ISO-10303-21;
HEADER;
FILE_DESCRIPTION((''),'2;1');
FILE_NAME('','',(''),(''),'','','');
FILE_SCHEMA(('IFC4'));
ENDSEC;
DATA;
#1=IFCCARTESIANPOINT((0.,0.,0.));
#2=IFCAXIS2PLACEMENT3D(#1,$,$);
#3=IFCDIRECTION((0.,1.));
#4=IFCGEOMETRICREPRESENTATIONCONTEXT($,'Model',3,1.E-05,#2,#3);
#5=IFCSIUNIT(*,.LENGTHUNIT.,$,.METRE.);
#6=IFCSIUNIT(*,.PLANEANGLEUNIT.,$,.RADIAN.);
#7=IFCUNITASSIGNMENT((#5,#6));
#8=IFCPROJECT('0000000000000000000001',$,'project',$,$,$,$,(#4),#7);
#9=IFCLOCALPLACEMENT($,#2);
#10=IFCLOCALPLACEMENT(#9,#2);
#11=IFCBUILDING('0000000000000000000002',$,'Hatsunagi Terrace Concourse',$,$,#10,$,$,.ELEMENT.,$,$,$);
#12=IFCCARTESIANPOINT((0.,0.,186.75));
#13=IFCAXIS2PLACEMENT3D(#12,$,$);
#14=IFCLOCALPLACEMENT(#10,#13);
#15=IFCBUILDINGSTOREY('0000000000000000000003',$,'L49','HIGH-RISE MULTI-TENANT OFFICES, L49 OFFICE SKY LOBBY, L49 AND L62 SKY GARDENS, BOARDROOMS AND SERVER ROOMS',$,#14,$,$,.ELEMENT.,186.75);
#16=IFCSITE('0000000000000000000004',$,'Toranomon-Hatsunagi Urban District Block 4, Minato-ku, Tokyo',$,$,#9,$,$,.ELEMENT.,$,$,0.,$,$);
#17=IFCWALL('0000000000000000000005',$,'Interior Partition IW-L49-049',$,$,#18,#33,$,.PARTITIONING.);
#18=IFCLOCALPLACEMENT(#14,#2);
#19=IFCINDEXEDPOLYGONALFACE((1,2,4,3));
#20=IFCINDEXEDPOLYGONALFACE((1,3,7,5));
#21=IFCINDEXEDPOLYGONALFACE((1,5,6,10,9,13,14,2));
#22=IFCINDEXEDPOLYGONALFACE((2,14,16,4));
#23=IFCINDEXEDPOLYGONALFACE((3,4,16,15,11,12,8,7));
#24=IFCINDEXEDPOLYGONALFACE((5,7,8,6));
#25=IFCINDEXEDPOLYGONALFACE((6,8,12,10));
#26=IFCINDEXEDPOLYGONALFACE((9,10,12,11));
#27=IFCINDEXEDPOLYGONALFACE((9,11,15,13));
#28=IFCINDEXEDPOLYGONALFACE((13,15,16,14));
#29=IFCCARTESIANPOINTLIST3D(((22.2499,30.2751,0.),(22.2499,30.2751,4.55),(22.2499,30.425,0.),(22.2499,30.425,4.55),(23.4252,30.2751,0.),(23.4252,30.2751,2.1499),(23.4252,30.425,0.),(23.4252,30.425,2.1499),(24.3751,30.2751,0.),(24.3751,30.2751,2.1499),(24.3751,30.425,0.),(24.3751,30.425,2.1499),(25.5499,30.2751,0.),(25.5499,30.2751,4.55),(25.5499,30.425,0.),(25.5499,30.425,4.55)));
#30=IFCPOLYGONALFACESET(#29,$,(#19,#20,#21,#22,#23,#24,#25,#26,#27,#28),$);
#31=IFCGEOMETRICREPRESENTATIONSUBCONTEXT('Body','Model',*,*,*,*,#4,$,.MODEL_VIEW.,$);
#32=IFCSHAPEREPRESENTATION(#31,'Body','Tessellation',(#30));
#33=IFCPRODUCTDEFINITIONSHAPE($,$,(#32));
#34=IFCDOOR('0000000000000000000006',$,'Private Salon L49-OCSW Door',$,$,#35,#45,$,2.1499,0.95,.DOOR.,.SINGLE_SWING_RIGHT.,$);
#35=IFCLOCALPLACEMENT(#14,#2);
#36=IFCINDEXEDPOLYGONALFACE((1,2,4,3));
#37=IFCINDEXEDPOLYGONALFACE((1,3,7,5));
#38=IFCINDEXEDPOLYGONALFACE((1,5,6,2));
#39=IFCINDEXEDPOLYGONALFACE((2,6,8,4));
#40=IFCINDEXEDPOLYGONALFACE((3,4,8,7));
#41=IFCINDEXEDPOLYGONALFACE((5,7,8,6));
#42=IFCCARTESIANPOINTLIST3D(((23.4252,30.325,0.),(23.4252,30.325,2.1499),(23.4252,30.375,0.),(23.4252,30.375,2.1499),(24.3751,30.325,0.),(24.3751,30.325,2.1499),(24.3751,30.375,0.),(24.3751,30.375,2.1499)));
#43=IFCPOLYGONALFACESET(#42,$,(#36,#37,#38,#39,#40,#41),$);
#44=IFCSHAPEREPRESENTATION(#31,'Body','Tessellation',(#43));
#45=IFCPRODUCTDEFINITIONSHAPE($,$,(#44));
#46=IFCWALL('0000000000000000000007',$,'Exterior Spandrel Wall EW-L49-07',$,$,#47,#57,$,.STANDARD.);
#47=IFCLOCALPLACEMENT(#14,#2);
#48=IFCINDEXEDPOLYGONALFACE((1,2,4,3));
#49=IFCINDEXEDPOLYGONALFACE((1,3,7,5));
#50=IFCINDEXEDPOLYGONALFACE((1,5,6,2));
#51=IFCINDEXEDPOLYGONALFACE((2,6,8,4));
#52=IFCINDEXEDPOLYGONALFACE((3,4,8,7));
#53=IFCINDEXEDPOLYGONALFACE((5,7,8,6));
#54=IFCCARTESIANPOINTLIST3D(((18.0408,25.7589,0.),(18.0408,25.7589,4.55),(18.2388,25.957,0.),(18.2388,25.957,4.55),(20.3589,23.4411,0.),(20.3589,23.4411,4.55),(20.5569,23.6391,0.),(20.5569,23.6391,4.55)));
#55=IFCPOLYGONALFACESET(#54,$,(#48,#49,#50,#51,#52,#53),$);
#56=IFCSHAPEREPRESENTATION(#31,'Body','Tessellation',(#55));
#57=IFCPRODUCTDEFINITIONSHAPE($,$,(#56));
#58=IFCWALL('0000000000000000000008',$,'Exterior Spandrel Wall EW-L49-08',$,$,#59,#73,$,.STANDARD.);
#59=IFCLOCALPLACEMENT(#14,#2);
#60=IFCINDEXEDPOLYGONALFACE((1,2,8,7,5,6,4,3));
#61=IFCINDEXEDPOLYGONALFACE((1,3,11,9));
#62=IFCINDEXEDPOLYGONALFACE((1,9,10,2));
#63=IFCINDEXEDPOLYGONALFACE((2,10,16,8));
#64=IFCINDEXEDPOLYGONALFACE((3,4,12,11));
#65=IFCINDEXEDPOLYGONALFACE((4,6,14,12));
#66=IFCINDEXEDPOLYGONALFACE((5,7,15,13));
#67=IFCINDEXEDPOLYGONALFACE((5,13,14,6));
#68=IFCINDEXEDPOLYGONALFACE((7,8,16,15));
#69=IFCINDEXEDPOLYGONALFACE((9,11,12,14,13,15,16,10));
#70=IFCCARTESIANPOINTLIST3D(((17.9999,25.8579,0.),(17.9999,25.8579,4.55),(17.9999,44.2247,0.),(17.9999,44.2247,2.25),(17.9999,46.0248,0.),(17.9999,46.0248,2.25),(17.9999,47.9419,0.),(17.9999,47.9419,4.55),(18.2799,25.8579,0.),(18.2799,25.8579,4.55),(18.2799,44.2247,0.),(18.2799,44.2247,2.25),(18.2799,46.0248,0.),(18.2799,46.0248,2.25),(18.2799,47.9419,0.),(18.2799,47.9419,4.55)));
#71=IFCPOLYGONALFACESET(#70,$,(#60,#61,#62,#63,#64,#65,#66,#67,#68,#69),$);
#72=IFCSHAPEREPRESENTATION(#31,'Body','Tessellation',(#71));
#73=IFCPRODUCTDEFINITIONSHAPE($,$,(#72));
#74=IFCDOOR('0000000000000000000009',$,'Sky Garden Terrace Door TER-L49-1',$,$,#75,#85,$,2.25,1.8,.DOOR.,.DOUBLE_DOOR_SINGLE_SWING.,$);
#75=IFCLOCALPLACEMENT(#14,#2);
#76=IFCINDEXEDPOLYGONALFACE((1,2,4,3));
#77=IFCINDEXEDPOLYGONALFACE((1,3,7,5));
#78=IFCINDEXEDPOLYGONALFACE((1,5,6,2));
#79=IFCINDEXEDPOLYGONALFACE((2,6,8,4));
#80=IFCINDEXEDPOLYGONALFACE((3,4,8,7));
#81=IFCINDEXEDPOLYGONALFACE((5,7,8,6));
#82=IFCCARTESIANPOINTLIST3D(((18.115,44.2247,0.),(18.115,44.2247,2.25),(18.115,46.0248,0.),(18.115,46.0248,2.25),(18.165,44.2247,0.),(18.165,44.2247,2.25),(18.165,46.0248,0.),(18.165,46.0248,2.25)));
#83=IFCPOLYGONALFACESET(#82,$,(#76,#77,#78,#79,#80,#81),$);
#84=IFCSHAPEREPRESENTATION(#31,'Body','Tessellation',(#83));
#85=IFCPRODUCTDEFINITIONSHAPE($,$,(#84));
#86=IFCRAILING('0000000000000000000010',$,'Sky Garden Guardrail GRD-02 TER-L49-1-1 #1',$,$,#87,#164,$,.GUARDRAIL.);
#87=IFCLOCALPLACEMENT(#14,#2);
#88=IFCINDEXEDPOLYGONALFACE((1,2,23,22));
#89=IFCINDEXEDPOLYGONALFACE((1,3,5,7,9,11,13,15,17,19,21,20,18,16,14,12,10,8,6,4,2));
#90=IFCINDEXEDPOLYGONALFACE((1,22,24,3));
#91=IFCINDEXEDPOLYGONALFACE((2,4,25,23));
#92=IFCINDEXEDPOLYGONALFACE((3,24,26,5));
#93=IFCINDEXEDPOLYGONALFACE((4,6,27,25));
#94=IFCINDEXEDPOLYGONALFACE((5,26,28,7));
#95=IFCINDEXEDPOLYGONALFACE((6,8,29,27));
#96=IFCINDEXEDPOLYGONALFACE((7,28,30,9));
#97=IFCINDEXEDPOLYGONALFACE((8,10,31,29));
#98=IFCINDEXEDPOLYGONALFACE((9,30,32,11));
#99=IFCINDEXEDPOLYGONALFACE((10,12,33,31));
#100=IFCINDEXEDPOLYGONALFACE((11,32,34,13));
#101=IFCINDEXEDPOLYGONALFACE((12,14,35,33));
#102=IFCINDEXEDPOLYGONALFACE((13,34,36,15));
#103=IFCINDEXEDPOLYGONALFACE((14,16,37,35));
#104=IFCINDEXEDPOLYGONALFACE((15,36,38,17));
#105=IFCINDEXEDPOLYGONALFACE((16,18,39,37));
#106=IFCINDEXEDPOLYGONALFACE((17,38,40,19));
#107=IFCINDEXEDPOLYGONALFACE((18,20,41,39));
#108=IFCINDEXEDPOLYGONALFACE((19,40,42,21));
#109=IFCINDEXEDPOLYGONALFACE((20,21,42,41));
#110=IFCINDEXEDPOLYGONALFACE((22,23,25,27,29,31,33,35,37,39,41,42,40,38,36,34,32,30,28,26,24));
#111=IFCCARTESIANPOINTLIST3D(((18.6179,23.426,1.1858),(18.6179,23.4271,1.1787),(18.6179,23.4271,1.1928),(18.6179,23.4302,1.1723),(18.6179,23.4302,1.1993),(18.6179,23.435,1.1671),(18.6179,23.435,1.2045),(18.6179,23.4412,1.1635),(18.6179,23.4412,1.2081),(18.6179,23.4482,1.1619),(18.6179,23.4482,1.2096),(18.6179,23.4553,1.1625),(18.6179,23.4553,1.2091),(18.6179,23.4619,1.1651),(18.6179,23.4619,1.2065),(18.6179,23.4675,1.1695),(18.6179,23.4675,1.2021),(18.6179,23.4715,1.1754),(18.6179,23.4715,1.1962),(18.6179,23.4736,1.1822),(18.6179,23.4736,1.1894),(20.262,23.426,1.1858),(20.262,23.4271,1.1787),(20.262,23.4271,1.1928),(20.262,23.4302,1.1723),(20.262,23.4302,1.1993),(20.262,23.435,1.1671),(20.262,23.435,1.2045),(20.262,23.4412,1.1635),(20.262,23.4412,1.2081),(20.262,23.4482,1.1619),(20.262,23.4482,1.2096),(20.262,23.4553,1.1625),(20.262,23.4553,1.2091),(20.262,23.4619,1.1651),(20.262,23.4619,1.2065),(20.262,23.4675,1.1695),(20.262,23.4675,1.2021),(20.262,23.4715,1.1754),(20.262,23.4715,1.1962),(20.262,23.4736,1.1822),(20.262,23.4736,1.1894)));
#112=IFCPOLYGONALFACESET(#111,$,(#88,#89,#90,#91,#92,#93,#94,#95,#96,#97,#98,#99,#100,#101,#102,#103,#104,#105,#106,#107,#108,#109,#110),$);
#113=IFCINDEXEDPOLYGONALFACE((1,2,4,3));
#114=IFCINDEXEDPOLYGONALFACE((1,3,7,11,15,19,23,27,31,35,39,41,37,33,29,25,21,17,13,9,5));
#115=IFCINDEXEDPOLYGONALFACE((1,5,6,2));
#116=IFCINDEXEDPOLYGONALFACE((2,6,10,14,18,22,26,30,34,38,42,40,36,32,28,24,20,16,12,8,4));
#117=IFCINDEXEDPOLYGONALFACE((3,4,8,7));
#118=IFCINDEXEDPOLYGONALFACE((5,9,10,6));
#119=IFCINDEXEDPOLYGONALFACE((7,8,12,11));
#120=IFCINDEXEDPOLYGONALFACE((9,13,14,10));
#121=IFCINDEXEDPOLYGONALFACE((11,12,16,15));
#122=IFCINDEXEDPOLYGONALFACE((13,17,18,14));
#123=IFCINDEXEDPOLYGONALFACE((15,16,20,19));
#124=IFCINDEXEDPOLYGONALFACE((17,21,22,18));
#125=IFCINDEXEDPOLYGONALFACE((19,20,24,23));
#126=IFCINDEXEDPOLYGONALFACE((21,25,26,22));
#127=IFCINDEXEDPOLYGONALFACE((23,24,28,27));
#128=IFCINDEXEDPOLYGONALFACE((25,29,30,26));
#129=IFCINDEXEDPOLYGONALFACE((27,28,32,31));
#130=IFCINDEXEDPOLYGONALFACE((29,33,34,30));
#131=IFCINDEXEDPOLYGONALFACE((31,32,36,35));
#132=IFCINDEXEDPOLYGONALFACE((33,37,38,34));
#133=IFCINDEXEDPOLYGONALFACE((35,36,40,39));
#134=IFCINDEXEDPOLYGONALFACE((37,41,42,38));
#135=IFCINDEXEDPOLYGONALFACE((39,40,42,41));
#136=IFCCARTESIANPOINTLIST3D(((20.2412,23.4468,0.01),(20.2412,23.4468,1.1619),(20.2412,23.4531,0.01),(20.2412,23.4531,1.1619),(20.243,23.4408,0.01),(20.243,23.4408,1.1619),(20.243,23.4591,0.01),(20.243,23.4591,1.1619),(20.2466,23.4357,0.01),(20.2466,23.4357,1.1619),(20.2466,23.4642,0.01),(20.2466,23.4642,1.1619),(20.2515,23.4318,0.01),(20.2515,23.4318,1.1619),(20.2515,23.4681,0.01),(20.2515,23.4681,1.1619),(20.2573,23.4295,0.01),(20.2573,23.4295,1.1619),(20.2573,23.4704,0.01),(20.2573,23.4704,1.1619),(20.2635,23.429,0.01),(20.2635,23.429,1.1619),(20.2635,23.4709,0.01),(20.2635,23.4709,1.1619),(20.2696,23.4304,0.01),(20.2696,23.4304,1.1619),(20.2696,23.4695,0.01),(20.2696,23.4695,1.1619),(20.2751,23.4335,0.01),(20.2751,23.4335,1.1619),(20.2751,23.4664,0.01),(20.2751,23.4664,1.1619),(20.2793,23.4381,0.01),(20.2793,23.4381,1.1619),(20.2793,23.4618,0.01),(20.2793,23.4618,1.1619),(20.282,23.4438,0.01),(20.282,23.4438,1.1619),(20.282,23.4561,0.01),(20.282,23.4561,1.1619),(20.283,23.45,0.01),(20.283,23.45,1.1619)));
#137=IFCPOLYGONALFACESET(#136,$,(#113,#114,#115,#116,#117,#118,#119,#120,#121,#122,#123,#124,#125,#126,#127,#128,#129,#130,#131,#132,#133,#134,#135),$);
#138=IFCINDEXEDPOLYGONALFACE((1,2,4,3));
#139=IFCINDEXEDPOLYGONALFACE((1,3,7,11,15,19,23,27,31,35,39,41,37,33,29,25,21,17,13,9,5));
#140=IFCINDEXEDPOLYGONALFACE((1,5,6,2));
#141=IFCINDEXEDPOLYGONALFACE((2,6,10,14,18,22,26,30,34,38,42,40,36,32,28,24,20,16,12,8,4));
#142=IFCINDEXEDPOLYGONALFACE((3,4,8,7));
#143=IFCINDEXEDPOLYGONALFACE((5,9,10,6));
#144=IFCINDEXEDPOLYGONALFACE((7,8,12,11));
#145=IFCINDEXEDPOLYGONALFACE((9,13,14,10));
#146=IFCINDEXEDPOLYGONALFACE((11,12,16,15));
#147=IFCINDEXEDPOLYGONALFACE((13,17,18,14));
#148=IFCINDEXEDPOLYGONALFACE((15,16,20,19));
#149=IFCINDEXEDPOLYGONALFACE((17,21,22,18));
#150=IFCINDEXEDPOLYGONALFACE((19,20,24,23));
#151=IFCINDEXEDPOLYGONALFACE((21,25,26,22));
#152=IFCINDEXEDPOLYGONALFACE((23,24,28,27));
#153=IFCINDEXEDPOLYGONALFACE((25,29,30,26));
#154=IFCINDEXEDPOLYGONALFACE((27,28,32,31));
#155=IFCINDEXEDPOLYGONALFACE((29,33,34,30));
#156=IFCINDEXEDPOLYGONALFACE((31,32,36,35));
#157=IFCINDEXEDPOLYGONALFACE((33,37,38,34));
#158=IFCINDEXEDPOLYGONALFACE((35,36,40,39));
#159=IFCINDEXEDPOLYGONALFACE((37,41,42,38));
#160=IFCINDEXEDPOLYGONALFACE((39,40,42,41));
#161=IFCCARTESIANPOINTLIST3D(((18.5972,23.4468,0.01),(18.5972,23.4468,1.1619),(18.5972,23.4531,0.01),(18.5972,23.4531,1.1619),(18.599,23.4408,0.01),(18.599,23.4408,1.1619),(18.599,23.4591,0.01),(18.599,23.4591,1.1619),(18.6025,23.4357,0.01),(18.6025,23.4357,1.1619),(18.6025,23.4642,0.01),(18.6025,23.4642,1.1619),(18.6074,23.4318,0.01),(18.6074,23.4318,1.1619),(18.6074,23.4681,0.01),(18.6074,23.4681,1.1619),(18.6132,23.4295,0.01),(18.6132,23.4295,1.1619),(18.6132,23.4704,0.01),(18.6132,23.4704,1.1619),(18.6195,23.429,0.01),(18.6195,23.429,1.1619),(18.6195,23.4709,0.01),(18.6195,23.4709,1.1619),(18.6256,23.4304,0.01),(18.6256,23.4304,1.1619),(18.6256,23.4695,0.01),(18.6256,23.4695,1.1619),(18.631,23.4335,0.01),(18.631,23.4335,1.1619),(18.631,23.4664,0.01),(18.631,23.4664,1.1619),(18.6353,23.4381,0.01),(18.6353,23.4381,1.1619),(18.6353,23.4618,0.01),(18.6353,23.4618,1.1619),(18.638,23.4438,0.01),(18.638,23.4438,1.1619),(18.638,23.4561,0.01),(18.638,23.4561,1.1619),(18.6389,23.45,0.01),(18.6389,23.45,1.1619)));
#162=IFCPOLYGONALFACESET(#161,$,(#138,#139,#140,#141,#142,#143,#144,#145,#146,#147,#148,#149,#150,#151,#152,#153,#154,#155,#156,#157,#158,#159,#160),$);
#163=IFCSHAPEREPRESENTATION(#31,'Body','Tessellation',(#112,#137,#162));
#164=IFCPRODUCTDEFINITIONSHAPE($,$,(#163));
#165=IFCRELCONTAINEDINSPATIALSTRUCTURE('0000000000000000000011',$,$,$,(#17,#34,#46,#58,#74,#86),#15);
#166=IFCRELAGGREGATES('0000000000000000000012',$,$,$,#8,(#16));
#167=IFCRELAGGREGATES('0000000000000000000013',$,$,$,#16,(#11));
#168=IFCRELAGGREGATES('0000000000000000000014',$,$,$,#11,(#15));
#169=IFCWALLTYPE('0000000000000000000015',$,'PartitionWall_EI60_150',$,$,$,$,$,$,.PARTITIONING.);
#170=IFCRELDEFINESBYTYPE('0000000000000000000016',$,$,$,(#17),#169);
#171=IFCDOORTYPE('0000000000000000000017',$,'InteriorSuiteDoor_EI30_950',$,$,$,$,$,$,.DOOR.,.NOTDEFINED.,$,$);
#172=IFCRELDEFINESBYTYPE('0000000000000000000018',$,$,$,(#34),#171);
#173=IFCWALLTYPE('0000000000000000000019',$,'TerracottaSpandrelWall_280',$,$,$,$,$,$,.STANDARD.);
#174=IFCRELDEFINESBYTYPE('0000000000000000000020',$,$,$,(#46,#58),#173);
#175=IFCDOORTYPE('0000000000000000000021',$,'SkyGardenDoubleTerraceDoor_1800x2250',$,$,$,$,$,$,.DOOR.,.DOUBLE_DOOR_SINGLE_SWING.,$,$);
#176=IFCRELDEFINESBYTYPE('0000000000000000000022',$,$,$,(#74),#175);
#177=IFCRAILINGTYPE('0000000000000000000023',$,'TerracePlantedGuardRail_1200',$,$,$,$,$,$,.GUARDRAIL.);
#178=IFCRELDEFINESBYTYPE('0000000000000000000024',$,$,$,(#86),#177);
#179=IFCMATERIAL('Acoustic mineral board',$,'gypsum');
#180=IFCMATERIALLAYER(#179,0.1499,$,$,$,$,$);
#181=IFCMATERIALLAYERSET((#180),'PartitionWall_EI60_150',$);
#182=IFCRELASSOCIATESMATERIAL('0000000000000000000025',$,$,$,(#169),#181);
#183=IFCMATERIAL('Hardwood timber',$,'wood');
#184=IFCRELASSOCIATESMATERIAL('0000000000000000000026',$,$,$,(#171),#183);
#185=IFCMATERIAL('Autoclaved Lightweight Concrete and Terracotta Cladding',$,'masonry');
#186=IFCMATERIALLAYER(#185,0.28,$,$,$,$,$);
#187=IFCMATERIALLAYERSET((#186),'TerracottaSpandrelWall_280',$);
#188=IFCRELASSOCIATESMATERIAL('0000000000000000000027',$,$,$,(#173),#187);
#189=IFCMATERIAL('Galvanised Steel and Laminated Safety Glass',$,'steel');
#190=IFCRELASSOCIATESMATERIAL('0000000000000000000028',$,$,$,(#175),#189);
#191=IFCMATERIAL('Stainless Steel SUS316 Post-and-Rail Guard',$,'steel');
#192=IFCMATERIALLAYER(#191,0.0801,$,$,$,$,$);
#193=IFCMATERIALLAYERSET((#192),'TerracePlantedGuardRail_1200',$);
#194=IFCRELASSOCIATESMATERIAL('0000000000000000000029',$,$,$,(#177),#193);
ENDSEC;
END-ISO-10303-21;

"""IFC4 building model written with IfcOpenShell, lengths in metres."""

from ifc_helpers import new_model, si_unit, direction, frame, frame_2d, origin, origin_2d, place, context, subcontext, project, spatial, rectangle, circle, extrude, material, layer, layer_set, type_object, element, fill, save


model = new_model("IFC4")

# Units and contexts
model_context = context("Model", 3, precision=1e-05, world=origin(), true_north=direction((0.0, 1.0)))
body_context = subcontext(model_context, "Body", "Model", "MODEL_VIEW")
ifc_project = project(units=[si_unit("LENGTHUNIT", "METRE"), si_unit("PLANEANGLEUNIT", "RADIAN")], contexts=[model_context])

# Site, building, storey
site_placement = place(None, origin())
site = spatial("IfcSite", under=ifc_project, at=site_placement, Name="Toranomon-Hatsunagi Urban District Block 4, Minato-ku, Tokyo", CompositionType="ELEMENT", RefElevation=0.0)
building_placement = place(site_placement, origin())
building = spatial("IfcBuilding", under=site, at=building_placement, Name="Hatsunagi Terrace Concourse", CompositionType="ELEMENT")
storey_placement = place(building_placement, frame((0.0, 0.0, 186.75)))
storey = spatial("IfcBuildingStorey", under=building, at=storey_placement, Name="L49", Description="HIGH-RISE MULTI-TENANT OFFICES, L49 OFFICE SKY LOBBY, L49 AND L62 SKY GARDENS, BOARDROOMS AND SERVER ROOMS", CompositionType="ELEMENT", Elevation=186.75)

# Wall, opening, door
ifc_material_1 = material(Name="Acoustic mineral board", Category="gypsum")
ifc_layer_1 = layer(ifc_material_1, 0.1499)
ifc_layer_set_1 = layer_set([ifc_layer_1], Name="PartitionWall_EI60_150")
wall_type_1 = type_object("IfcWallType", Name="PartitionWall_EI60_150", PredefinedType="PARTITIONING", material=ifc_layer_set_1)
wall_1_placement = place(storey_placement, frame((22.25, 30.3501, 0.0), z_axis=(0.0, 0.0, 1.0), x_axis=(1.0, 0.0, 0.0)))
wall_1 = element("IfcWall", 1, at=wall_1_placement, inside=storey, type_object=wall_type_1, Name="Interior Partition IW-L49-049", PredefinedType="PARTITIONING", context=body_context, shape_type="SweptSolid", body=[
    extrude(rectangle(XDim=3.3, YDim=0.1499, at=frame_2d((1.6499, 0.0))), origin(), (0.0, 0.0, 1.0), 4.55),
])
opening_1_placement = place(wall_1_placement, frame((1.175, 0.0, 0.0)))
opening_1 = element("IfcOpeningElement", 2, at=opening_1_placement, cuts=wall_1, PredefinedType="OPENING", context=body_context, shape_type="SweptSolid", body=[
    extrude(rectangle(XDim=0.95, YDim=2.1499, at=frame_2d((0.4751, 1.075))), frame((0.0, 0.085, 0.0), z_axis=(0.0, -1.0, 0.0), x_axis=(1.0, 0.0, 0.0)), (0.0, 0.0, 1.0), 0.1699),
])
ifc_material_2 = material(Name="Hardwood timber", Category="wood")
door_type_1 = type_object("IfcDoorType", Name="InteriorSuiteDoor_EI30_950", OperationType="NOTDEFINED", PredefinedType="DOOR", material=ifc_material_2)
door_1_placement = place(opening_1_placement, origin())
door_1 = element("IfcDoor", 3, at=door_1_placement, inside=storey, type_object=door_type_1, Name="Private Salon L49-OCSW Door", OperationType="SINGLE_SWING_RIGHT", OverallHeight=2.1499, OverallWidth=0.95, PredefinedType="DOOR", context=body_context, shape_type="SweptSolid", body=[
    extrude(rectangle(XDim=0.95, YDim=2.1499, at=frame_2d((0.4751, 1.075))), frame((0.0, 0.0249, 0.0), z_axis=(0.0, -1.0, 0.0), x_axis=(1.0, 0.0, 0.0)), (0.0, 0.0, 1.0), 0.05),
])
fill(opening_1, door_1)

# Wall
ifc_material_3 = material(Name="Autoclaved Lightweight Concrete and Terracotta Cladding", Category="masonry")
ifc_layer_2 = layer(ifc_material_3, 0.28)
ifc_layer_set_2 = layer_set([ifc_layer_2], Name="TerracottaSpandrelWall_280")
wall_type_2 = type_object("IfcWallType", Name="TerracottaSpandrelWall_280", PredefinedType="STANDARD", material=ifc_layer_set_2)
wall_2_placement = place(storey_placement, frame((20.458, 23.54, 0.0), z_axis=(0.0, 0.0, 1.0), x_axis=(-0.707144, 0.70707, 0.0)))
element("IfcWall", 4, at=wall_2_placement, inside=storey, type_object=wall_type_2, Name="Exterior Spandrel Wall EW-L49-07", PredefinedType="STANDARD", context=body_context, shape_type="SweptSolid", body=[
    extrude(rectangle(XDim=3.2781, YDim=0.28, at=frame_2d((1.6392, 0.0))), origin(), (0.0, 0.0, 1.0), 4.55),
])

# Wall, opening, door
wall_3_placement = place(storey_placement, frame((18.1399, 25.8579, 0.0), z_axis=(0.0, 0.0, 1.0), x_axis=(0.0, 1.0, 0.0)))
wall_3 = element("IfcWall", 5, at=wall_3_placement, inside=storey, type_object=wall_type_2, Name="Exterior Spandrel Wall EW-L49-08", PredefinedType="STANDARD", context=body_context, shape_type="SweptSolid", body=[
    extrude(rectangle(XDim=22.084, YDim=0.28, at=frame_2d((11.042, 0.0))), origin(), (0.0, 0.0, 1.0), 4.55),
])
opening_2_placement = place(wall_3_placement, frame((18.3669, 0.0, 0.0)))
opening_2 = element("IfcOpeningElement", 6, at=opening_2_placement, cuts=wall_3, PredefinedType="OPENING", context=body_context, shape_type="SweptSolid", body=[
    extrude(rectangle(XDim=1.8, YDim=2.25, at=frame_2d((0.8999, 1.125))), frame((0.0, 0.1499, 0.0), z_axis=(0.0, -1.0, 0.0), x_axis=(1.0, 0.0, 0.0)), (0.0, 0.0, 1.0), 0.3),
])
ifc_material_4 = material(Name="Galvanised Steel and Laminated Safety Glass", Category="steel")
door_type_2 = type_object("IfcDoorType", Name="SkyGardenDoubleTerraceDoor_1800x2250", OperationType="DOUBLE_DOOR_SINGLE_SWING", PredefinedType="DOOR", material=ifc_material_4)
door_2_placement = place(opening_2_placement, origin())
door_2 = element("IfcDoor", 7, at=door_2_placement, inside=storey, type_object=door_type_2, Name="Sky Garden Terrace Door TER-L49-1", OperationType="DOUBLE_DOOR_SINGLE_SWING", OverallHeight=2.25, OverallWidth=1.8, PredefinedType="DOOR", context=body_context, shape_type="SweptSolid", body=[
    extrude(rectangle(XDim=1.8, YDim=2.25, at=frame_2d((0.8999, 1.125))), frame((0.0, 0.0249, 0.0), z_axis=(0.0, -1.0, 0.0), x_axis=(1.0, 0.0, 0.0)), (0.0, 0.0, 1.0), 0.05),
])
fill(opening_2, door_2)

# Railing
ifc_material_5 = material(Name="Stainless Steel SUS316 Post-and-Rail Guard", Category="steel")
ifc_layer_3 = layer(ifc_material_5, 0.0801)
ifc_layer_set_3 = layer_set([ifc_layer_3], Name="TerracePlantedGuardRail_1200")
railing_type = type_object("IfcRailingType", Name="TerracePlantedGuardRail_1200", PredefinedType="GUARDRAIL", material=ifc_layer_set_3)
railing_1_placement = place(storey_placement, frame((20.262, 23.45, 0.01)))
element("IfcRailing", 8, at=railing_1_placement, inside=storey, type_object=railing_type, Name="Sky Garden Guardrail GRD-02 TER-L49-1-1 #1", PredefinedType="GUARDRAIL", context=body_context, shape_type="SweptSolid", body=[
    extrude(circle(Radius=0.0239, at=origin_2d()), frame((0.0, 0.0, 1.1758), z_axis=(-1.0, 0.0, 0.0), x_axis=(0.0, -1.0, 0.0)), (0.0, 0.0, 1.0), 1.644),
    extrude(circle(Radius=0.021, at=origin_2d()), origin(), (0.0, 0.0, 1.0), 1.1519),
    extrude(circle(Radius=0.021, at=origin_2d()), frame((-1.644, 0.0, 0.0)), (0.0, 0.0, 1.0), 1.1519),
])

save(model, "model.ifc")
